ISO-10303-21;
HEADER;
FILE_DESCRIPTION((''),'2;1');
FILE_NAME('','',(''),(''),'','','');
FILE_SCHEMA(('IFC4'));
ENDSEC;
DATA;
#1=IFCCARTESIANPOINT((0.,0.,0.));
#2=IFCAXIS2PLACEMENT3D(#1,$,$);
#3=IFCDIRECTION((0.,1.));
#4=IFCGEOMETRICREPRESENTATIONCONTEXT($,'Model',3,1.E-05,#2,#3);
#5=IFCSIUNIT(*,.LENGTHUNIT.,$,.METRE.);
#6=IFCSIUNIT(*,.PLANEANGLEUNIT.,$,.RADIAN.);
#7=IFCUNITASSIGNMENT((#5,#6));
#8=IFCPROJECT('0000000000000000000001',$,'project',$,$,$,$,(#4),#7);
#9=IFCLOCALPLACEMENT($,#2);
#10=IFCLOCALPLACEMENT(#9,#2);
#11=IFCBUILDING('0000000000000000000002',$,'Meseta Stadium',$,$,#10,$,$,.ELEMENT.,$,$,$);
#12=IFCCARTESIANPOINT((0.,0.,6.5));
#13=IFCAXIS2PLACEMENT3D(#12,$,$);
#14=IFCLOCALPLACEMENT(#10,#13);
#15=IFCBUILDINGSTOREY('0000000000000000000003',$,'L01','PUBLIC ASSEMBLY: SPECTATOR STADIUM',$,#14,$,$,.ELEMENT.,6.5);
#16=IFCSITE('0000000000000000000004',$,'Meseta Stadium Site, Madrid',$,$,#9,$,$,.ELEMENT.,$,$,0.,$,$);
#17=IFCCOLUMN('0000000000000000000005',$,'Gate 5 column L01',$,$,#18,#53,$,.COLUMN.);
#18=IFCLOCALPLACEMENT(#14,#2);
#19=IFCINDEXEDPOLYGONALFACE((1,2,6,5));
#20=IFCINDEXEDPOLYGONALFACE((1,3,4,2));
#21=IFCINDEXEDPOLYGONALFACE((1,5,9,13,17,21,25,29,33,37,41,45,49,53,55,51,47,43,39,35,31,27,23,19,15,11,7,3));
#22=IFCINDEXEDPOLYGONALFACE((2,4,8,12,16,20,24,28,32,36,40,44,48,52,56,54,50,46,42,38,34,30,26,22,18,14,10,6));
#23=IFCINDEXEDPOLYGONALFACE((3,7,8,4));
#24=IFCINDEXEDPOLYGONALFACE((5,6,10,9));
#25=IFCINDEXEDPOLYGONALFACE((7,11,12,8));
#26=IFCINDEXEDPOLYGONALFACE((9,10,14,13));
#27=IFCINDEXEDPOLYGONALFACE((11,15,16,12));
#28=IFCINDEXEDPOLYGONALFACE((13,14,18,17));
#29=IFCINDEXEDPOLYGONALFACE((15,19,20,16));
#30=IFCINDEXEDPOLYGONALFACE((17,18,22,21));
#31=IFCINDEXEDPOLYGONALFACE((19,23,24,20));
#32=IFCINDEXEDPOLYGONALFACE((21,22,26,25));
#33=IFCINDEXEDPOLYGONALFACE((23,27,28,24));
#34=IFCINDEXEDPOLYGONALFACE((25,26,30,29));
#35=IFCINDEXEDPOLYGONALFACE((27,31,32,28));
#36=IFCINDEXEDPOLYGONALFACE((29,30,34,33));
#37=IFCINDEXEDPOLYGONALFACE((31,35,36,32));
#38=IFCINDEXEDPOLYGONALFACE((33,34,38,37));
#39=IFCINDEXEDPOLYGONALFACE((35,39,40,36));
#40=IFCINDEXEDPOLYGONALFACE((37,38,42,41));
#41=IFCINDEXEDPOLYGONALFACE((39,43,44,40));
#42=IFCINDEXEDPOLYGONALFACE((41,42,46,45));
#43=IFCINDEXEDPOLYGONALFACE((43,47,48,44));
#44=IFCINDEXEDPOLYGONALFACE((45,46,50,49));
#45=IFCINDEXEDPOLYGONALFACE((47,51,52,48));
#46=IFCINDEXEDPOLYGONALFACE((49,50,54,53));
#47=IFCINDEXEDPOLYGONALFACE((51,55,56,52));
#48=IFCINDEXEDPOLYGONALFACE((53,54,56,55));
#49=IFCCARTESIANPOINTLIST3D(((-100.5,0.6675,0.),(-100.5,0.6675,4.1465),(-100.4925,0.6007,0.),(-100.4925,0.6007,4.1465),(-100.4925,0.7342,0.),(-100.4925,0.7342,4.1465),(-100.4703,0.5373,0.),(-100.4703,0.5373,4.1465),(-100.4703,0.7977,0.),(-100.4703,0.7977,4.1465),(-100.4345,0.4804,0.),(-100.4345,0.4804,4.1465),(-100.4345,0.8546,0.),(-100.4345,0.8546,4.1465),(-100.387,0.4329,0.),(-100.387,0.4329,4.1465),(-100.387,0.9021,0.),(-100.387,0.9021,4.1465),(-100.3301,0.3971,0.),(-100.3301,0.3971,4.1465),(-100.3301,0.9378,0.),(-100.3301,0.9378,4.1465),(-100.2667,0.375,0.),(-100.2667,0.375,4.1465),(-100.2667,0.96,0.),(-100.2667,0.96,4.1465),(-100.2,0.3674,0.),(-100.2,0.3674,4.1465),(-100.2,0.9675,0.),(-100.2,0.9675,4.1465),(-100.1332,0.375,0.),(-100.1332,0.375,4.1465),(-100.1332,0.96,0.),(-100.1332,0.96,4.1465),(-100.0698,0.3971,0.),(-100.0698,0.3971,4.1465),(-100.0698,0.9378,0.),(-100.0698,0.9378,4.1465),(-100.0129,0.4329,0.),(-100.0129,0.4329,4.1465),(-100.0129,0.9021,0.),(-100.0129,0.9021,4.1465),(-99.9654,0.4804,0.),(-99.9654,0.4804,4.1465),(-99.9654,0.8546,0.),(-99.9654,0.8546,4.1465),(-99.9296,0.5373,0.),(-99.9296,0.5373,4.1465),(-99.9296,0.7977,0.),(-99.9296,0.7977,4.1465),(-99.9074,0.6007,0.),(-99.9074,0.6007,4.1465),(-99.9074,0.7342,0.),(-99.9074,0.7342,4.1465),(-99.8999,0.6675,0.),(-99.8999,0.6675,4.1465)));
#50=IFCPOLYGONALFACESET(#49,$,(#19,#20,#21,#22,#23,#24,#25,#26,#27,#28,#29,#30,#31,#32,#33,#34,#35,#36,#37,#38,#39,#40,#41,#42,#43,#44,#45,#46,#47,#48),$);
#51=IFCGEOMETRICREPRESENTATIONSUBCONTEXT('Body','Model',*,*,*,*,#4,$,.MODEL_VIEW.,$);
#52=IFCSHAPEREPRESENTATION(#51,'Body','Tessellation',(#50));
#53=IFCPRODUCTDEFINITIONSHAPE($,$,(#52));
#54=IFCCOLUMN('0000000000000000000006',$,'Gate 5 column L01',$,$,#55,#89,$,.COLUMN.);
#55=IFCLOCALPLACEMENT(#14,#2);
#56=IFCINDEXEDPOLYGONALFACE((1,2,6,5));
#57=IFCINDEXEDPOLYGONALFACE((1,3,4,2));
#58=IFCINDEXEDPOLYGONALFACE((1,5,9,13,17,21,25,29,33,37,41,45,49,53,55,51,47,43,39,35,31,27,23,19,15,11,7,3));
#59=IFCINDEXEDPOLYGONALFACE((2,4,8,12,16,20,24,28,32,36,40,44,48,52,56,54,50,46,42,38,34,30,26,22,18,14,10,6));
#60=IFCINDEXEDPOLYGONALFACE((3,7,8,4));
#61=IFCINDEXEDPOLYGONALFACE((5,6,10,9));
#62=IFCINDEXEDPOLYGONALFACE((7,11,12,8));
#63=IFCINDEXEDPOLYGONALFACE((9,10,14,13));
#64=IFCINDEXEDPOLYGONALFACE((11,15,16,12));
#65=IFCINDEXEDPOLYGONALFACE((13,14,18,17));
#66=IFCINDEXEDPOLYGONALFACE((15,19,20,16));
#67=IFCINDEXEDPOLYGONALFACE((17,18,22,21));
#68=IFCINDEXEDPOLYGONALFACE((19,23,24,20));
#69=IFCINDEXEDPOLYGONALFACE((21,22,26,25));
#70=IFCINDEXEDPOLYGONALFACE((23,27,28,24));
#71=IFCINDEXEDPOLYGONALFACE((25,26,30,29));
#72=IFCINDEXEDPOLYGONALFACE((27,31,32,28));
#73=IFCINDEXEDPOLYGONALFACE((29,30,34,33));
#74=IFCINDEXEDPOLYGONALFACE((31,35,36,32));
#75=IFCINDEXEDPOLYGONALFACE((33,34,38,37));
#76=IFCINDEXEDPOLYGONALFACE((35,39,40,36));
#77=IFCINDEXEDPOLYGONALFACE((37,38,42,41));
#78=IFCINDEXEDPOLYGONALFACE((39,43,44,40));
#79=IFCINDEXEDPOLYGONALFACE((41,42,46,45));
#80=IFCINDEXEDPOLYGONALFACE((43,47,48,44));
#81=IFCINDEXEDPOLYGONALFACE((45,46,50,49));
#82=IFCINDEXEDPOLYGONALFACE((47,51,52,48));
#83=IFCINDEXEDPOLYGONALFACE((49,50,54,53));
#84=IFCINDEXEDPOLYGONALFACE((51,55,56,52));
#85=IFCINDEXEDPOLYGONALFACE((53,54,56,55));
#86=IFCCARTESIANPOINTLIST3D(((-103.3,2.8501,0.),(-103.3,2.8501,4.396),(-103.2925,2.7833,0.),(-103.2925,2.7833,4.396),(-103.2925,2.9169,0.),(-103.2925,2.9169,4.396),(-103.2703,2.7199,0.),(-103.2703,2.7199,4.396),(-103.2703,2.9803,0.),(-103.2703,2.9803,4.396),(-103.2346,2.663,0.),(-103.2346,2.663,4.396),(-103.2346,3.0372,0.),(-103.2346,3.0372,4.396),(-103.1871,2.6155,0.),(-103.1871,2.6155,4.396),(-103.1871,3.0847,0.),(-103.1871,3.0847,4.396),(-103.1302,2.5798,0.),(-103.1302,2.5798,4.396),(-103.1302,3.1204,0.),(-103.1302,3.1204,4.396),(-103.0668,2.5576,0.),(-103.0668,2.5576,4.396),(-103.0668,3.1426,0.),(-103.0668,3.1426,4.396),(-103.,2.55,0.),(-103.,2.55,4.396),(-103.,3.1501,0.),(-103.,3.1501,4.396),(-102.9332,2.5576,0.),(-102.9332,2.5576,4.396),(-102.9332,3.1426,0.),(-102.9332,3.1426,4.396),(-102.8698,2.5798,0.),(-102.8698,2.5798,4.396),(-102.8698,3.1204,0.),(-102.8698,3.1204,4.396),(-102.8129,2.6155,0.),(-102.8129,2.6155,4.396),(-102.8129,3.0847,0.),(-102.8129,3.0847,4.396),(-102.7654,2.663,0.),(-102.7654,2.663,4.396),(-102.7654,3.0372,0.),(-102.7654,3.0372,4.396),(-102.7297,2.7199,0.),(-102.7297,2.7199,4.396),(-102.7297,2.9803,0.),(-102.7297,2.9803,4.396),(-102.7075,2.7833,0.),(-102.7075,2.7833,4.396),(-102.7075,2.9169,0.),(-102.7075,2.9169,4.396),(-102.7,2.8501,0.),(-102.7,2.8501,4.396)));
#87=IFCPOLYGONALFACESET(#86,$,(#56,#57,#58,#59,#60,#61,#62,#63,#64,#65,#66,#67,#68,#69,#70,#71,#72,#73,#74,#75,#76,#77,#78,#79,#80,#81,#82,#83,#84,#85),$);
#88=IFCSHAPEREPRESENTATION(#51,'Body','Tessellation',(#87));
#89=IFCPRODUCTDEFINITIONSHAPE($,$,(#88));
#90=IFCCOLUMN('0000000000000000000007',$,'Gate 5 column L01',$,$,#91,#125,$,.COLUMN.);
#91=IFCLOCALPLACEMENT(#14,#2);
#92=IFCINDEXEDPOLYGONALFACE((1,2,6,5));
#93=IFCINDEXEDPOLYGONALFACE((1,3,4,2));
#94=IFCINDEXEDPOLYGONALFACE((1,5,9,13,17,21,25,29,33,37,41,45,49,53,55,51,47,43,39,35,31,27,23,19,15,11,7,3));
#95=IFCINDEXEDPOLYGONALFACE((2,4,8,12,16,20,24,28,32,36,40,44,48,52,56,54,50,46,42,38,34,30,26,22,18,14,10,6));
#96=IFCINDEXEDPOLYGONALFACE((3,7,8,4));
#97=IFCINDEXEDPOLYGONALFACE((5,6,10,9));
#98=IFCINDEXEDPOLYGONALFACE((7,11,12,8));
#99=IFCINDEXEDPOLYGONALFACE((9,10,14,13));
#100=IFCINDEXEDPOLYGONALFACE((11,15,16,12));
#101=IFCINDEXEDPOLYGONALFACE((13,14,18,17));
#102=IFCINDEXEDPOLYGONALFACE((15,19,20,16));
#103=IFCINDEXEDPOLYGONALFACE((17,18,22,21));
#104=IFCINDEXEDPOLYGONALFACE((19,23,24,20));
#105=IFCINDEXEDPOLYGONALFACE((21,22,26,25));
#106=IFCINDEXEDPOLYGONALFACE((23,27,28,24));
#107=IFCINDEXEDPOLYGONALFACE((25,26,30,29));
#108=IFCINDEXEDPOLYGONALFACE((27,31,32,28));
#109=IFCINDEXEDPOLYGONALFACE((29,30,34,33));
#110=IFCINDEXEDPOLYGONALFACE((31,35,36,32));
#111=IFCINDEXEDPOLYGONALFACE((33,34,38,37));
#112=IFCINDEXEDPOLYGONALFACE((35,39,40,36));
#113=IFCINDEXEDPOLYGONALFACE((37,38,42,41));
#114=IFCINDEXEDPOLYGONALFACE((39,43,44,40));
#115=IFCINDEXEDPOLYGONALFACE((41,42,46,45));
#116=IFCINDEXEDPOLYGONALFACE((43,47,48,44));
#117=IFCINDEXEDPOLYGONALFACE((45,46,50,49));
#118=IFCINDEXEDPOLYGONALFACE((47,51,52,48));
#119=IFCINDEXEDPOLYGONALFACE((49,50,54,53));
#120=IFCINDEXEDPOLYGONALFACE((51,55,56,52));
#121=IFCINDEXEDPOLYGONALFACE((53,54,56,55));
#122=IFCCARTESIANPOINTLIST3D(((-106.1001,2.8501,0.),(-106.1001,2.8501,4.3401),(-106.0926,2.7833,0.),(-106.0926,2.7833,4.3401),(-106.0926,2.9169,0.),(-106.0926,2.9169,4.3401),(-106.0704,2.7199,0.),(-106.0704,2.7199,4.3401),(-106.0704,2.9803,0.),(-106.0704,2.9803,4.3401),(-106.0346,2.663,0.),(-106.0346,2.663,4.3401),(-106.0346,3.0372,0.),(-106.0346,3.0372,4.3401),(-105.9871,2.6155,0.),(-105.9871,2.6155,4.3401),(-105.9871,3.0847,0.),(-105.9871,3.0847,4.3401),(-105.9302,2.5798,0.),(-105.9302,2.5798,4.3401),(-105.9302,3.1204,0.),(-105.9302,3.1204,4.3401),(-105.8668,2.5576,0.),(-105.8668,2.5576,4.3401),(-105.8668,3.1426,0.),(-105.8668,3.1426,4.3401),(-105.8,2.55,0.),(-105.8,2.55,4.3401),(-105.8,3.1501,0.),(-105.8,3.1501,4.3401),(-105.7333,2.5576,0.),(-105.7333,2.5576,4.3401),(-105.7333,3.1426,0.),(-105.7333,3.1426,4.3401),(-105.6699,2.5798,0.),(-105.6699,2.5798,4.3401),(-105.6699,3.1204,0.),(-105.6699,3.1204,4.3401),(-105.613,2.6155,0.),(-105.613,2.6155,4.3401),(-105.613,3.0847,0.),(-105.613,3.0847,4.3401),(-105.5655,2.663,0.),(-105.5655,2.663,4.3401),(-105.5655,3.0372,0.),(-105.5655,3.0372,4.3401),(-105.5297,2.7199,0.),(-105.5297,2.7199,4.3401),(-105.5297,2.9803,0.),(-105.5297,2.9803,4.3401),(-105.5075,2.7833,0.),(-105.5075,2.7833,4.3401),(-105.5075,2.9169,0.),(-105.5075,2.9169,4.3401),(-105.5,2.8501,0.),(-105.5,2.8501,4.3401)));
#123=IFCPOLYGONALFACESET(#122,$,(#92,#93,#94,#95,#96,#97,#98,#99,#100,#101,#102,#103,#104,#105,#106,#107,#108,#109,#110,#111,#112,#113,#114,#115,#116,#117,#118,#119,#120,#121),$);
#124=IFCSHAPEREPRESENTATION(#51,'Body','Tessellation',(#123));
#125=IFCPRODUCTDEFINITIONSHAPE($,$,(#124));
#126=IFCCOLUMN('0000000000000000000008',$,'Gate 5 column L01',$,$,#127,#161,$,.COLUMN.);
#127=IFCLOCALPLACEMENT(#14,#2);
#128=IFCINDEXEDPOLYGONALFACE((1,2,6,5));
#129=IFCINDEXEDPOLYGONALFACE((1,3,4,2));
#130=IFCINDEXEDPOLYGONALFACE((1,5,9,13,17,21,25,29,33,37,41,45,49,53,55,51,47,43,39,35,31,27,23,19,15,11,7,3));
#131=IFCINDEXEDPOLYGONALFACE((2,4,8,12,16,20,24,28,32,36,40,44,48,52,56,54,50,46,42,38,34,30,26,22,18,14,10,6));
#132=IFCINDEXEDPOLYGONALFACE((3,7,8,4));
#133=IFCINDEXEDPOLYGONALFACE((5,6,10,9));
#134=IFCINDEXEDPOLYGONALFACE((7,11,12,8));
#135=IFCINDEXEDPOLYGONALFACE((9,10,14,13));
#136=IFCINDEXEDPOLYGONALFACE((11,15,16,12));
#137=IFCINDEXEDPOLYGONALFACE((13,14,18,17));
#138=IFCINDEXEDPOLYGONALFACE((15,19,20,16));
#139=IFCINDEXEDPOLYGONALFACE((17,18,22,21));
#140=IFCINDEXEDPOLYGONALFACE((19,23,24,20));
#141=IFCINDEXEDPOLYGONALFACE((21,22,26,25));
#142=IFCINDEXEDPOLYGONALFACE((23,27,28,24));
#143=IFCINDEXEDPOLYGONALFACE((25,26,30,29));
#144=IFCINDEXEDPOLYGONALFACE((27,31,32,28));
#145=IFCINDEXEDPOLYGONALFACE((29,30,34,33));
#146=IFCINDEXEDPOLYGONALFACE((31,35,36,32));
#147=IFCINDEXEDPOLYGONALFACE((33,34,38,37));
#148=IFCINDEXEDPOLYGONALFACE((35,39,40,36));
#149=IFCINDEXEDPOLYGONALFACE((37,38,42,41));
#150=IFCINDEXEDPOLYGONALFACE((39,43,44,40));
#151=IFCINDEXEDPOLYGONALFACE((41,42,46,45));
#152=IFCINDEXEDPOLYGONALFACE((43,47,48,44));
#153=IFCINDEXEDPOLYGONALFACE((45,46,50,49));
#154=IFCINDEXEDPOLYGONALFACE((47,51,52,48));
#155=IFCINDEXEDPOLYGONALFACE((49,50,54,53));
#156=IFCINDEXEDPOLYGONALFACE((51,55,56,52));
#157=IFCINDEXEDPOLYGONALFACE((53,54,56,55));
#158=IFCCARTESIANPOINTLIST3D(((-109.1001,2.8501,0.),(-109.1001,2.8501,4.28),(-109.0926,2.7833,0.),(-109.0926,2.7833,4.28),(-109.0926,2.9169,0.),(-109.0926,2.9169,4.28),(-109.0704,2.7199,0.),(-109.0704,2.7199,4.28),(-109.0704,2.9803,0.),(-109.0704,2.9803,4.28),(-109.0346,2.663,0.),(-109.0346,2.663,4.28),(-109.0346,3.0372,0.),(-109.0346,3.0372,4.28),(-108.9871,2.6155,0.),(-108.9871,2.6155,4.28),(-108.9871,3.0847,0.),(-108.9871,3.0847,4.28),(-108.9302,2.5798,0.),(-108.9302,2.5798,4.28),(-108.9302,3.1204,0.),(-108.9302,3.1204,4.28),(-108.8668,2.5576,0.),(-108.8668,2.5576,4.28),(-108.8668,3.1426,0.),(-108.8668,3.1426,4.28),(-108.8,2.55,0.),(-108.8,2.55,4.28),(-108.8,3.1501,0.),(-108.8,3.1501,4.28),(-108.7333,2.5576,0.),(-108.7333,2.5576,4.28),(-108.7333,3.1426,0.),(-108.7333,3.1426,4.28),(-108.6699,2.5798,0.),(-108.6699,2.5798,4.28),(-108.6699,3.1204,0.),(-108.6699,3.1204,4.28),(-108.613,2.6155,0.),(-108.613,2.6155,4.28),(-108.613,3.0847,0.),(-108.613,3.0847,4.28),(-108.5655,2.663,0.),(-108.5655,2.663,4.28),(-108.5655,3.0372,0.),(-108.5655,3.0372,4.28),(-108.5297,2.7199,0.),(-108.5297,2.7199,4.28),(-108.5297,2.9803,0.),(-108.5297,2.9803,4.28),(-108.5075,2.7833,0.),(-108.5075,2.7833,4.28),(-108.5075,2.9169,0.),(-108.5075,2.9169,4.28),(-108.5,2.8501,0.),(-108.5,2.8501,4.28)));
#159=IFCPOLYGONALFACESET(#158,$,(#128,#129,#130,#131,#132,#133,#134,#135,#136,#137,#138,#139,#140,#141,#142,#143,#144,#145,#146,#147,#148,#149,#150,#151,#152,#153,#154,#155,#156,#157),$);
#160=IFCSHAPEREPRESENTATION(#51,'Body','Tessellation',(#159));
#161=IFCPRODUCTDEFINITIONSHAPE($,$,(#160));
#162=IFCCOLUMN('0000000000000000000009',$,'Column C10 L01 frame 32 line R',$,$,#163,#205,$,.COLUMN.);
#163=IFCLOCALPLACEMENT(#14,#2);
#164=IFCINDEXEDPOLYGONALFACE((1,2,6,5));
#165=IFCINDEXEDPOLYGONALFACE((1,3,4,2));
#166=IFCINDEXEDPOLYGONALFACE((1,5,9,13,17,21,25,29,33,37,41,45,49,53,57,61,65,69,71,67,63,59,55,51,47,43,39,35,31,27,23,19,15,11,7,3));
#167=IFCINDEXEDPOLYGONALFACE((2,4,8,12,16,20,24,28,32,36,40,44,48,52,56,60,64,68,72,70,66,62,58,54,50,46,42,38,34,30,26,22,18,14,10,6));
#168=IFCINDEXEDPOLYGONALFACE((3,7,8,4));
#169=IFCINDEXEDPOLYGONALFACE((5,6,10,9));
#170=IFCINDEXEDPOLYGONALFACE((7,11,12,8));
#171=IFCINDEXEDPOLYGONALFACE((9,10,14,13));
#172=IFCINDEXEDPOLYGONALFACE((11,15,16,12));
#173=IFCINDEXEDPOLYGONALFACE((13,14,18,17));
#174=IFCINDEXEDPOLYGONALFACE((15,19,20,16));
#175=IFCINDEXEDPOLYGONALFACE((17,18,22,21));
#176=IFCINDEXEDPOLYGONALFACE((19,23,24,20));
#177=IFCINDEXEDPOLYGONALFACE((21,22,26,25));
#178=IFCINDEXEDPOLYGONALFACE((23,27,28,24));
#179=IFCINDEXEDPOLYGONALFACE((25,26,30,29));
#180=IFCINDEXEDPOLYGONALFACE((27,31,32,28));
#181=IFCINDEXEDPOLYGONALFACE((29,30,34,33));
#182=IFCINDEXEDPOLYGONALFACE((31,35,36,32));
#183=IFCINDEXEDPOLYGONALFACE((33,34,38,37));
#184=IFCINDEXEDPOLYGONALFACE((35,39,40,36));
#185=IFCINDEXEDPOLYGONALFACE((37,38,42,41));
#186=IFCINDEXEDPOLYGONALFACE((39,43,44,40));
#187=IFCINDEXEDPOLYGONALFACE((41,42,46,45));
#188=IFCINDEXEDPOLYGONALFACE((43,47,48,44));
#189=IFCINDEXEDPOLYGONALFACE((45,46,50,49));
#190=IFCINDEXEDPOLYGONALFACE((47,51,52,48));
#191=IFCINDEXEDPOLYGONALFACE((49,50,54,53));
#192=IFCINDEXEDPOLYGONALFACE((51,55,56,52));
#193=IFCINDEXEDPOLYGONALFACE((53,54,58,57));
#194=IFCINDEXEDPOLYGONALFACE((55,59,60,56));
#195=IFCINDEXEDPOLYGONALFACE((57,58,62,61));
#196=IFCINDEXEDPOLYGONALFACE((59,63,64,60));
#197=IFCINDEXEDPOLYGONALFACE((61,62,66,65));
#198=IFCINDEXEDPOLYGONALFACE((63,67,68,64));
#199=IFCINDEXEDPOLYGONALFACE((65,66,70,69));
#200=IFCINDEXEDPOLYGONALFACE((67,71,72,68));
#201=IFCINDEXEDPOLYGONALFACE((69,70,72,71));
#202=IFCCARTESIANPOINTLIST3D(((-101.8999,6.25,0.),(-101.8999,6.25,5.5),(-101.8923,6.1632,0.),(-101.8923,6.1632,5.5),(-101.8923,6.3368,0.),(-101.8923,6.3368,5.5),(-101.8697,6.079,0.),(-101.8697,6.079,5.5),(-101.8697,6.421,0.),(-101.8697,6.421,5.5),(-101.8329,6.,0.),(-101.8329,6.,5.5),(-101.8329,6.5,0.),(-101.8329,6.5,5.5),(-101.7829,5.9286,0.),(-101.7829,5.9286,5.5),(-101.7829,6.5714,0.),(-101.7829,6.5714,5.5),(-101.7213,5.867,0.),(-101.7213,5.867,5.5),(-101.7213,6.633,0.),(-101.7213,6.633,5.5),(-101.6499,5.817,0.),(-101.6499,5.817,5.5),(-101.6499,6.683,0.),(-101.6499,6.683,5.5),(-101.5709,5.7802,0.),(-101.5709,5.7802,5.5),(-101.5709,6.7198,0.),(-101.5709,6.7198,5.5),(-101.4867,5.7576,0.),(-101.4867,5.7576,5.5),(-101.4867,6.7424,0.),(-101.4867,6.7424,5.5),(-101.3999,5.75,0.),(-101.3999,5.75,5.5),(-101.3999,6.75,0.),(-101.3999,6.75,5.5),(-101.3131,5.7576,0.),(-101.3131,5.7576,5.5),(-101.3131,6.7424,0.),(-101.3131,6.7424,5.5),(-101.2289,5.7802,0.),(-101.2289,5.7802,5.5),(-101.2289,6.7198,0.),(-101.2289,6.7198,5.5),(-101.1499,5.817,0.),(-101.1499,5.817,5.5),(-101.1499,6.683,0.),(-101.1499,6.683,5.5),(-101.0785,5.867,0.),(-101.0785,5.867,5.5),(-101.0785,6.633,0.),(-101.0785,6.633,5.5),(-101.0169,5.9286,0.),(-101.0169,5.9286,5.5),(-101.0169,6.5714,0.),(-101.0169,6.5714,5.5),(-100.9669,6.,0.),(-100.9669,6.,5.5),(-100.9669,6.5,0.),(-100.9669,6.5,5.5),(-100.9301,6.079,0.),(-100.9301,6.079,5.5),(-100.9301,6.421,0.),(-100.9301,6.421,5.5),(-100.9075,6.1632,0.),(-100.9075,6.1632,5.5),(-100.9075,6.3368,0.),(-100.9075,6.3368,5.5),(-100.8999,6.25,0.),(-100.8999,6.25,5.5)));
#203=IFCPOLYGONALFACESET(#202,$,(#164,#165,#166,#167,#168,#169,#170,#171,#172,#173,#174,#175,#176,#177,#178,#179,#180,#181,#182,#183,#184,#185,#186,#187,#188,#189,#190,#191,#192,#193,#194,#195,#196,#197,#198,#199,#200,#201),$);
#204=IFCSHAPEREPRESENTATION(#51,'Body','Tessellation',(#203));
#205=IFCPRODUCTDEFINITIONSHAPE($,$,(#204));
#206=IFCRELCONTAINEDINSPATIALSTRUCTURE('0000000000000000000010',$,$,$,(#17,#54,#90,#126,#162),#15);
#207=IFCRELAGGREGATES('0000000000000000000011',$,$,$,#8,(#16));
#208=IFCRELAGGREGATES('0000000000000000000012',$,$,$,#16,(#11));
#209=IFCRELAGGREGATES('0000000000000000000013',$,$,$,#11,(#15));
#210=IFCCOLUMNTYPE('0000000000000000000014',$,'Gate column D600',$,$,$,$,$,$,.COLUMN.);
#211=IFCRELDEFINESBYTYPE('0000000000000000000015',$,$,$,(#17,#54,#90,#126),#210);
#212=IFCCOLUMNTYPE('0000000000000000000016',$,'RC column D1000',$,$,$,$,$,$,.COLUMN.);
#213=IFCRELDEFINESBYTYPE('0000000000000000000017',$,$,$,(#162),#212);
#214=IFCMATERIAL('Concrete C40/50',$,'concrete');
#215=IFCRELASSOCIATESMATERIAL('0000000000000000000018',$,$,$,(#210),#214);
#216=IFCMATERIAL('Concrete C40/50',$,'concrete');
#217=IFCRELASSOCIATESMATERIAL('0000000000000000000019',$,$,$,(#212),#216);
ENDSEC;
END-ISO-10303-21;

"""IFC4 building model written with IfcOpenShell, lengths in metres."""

from ifc_helpers import new_model, si_unit, direction, frame, origin, origin_2d, place, context, subcontext, project, spatial, circle, extrude, material, material_profile, profile_set, type_object, element, save


model = new_model("IFC4")

# Units and contexts
model_context = context("Model", 3, precision=1e-05, world=origin(), true_north=direction((0.0, 1.0)))
body_context = subcontext(model_context, "Body", "Model", "MODEL_VIEW")
ifc_project = project(units=[si_unit("LENGTHUNIT", "METRE"), si_unit("PLANEANGLEUNIT", "RADIAN")], contexts=[model_context])

# Site, building, storey
site_placement = place(None, origin())
site = spatial("IfcSite", under=ifc_project, at=site_placement, Name="Meseta Stadium Site, Madrid", CompositionType="ELEMENT", RefElevation=0.0)
building_placement = place(site_placement, origin())
building = spatial("IfcBuilding", under=site, at=building_placement, Name="Meseta Stadium", CompositionType="ELEMENT")
storey_placement = place(building_placement, frame((0.0, 0.0, 6.5)))
storey = spatial("IfcBuildingStorey", under=building, at=storey_placement, Name="L01", Description="PUBLIC ASSEMBLY: SPECTATOR STADIUM", CompositionType="ELEMENT", Elevation=6.5)

# Columns
ifc_material_1 = material(Name="Concrete C40/50", Category="concrete")
ifc_material_profile_1 = material_profile(ifc_material_1, circle(Radius=0.3, at=origin_2d()), Name="RC D600")
ifc_profile_set_1 = profile_set([ifc_material_profile_1], Name="Concrete C40/50")
column_type_1 = type_object("IfcColumnType", Name="Gate column D600", PredefinedType="COLUMN", material=ifc_profile_set_1)
column_1_placement = place(storey_placement, frame((-100.2, 0.6675, 0.0), z_axis=(0.0, 0.0, 1.0), x_axis=(1.0, 0.0, 0.0)))
element("IfcColumn", 1, at=column_1_placement, inside=storey, type_object=column_type_1, Name="Gate 5 column L01", PredefinedType="COLUMN", context=body_context, shape_type="SweptSolid", body=[
    extrude(circle(Radius=0.3, at=origin_2d()), origin(), (0.0, 0.0, 1.0), 4.1465),
])
column_2_placement = place(storey_placement, frame((-103.0, 2.8501, 0.0), z_axis=(0.0, 0.0, 1.0), x_axis=(1.0, 0.0, 0.0)))
element("IfcColumn", 2, at=column_2_placement, inside=storey, type_object=column_type_1, Name="Gate 5 column L01", PredefinedType="COLUMN", context=body_context, shape_type="SweptSolid", body=[
    extrude(circle(Radius=0.3, at=origin_2d()), origin(), (0.0, 0.0, 1.0), 4.396),
])
column_3_placement = place(storey_placement, frame((-105.8, 2.8501, 0.0), z_axis=(0.0, 0.0, 1.0), x_axis=(1.0, 0.0, 0.0)))
element("IfcColumn", 3, at=column_3_placement, inside=storey, type_object=column_type_1, Name="Gate 5 column L01", PredefinedType="COLUMN", context=body_context, shape_type="SweptSolid", body=[
    extrude(circle(Radius=0.3, at=origin_2d()), origin(), (0.0, 0.0, 1.0), 4.3401),
])
column_4_placement = place(storey_placement, frame((-108.8, 2.8501, 0.0), z_axis=(0.0, 0.0, 1.0), x_axis=(1.0, 0.0, 0.0)))
element("IfcColumn", 4, at=column_4_placement, inside=storey, type_object=column_type_1, Name="Gate 5 column L01", PredefinedType="COLUMN", context=body_context, shape_type="SweptSolid", body=[
    extrude(circle(Radius=0.3, at=origin_2d()), origin(), (0.0, 0.0, 1.0), 4.28),
])
ifc_material_2 = material(Name="Concrete C40/50", Category="concrete")
ifc_material_profile_2 = material_profile(ifc_material_2, circle(Radius=0.5, at=origin_2d()), Name="RC D1000")
ifc_profile_set_2 = profile_set([ifc_material_profile_2], Name="Concrete C40/50")
column_type_2 = type_object("IfcColumnType", Name="RC column D1000", PredefinedType="COLUMN", material=ifc_profile_set_2)
column_5_placement = place(storey_placement, frame((-101.3999, 6.25, 0.0), z_axis=(0.0, 0.0, 1.0), x_axis=(1.0, 0.0, 0.0)))
element("IfcColumn", 5, at=column_5_placement, inside=storey, type_object=column_type_2, Name="Column C10 L01 frame 32 line R", PredefinedType="COLUMN", context=body_context, shape_type="SweptSolid", body=[
    extrude(circle(Radius=0.5, at=origin_2d()), origin(), (0.0, 0.0, 1.0), 5.5),
])

save(model, "model.ifc")
